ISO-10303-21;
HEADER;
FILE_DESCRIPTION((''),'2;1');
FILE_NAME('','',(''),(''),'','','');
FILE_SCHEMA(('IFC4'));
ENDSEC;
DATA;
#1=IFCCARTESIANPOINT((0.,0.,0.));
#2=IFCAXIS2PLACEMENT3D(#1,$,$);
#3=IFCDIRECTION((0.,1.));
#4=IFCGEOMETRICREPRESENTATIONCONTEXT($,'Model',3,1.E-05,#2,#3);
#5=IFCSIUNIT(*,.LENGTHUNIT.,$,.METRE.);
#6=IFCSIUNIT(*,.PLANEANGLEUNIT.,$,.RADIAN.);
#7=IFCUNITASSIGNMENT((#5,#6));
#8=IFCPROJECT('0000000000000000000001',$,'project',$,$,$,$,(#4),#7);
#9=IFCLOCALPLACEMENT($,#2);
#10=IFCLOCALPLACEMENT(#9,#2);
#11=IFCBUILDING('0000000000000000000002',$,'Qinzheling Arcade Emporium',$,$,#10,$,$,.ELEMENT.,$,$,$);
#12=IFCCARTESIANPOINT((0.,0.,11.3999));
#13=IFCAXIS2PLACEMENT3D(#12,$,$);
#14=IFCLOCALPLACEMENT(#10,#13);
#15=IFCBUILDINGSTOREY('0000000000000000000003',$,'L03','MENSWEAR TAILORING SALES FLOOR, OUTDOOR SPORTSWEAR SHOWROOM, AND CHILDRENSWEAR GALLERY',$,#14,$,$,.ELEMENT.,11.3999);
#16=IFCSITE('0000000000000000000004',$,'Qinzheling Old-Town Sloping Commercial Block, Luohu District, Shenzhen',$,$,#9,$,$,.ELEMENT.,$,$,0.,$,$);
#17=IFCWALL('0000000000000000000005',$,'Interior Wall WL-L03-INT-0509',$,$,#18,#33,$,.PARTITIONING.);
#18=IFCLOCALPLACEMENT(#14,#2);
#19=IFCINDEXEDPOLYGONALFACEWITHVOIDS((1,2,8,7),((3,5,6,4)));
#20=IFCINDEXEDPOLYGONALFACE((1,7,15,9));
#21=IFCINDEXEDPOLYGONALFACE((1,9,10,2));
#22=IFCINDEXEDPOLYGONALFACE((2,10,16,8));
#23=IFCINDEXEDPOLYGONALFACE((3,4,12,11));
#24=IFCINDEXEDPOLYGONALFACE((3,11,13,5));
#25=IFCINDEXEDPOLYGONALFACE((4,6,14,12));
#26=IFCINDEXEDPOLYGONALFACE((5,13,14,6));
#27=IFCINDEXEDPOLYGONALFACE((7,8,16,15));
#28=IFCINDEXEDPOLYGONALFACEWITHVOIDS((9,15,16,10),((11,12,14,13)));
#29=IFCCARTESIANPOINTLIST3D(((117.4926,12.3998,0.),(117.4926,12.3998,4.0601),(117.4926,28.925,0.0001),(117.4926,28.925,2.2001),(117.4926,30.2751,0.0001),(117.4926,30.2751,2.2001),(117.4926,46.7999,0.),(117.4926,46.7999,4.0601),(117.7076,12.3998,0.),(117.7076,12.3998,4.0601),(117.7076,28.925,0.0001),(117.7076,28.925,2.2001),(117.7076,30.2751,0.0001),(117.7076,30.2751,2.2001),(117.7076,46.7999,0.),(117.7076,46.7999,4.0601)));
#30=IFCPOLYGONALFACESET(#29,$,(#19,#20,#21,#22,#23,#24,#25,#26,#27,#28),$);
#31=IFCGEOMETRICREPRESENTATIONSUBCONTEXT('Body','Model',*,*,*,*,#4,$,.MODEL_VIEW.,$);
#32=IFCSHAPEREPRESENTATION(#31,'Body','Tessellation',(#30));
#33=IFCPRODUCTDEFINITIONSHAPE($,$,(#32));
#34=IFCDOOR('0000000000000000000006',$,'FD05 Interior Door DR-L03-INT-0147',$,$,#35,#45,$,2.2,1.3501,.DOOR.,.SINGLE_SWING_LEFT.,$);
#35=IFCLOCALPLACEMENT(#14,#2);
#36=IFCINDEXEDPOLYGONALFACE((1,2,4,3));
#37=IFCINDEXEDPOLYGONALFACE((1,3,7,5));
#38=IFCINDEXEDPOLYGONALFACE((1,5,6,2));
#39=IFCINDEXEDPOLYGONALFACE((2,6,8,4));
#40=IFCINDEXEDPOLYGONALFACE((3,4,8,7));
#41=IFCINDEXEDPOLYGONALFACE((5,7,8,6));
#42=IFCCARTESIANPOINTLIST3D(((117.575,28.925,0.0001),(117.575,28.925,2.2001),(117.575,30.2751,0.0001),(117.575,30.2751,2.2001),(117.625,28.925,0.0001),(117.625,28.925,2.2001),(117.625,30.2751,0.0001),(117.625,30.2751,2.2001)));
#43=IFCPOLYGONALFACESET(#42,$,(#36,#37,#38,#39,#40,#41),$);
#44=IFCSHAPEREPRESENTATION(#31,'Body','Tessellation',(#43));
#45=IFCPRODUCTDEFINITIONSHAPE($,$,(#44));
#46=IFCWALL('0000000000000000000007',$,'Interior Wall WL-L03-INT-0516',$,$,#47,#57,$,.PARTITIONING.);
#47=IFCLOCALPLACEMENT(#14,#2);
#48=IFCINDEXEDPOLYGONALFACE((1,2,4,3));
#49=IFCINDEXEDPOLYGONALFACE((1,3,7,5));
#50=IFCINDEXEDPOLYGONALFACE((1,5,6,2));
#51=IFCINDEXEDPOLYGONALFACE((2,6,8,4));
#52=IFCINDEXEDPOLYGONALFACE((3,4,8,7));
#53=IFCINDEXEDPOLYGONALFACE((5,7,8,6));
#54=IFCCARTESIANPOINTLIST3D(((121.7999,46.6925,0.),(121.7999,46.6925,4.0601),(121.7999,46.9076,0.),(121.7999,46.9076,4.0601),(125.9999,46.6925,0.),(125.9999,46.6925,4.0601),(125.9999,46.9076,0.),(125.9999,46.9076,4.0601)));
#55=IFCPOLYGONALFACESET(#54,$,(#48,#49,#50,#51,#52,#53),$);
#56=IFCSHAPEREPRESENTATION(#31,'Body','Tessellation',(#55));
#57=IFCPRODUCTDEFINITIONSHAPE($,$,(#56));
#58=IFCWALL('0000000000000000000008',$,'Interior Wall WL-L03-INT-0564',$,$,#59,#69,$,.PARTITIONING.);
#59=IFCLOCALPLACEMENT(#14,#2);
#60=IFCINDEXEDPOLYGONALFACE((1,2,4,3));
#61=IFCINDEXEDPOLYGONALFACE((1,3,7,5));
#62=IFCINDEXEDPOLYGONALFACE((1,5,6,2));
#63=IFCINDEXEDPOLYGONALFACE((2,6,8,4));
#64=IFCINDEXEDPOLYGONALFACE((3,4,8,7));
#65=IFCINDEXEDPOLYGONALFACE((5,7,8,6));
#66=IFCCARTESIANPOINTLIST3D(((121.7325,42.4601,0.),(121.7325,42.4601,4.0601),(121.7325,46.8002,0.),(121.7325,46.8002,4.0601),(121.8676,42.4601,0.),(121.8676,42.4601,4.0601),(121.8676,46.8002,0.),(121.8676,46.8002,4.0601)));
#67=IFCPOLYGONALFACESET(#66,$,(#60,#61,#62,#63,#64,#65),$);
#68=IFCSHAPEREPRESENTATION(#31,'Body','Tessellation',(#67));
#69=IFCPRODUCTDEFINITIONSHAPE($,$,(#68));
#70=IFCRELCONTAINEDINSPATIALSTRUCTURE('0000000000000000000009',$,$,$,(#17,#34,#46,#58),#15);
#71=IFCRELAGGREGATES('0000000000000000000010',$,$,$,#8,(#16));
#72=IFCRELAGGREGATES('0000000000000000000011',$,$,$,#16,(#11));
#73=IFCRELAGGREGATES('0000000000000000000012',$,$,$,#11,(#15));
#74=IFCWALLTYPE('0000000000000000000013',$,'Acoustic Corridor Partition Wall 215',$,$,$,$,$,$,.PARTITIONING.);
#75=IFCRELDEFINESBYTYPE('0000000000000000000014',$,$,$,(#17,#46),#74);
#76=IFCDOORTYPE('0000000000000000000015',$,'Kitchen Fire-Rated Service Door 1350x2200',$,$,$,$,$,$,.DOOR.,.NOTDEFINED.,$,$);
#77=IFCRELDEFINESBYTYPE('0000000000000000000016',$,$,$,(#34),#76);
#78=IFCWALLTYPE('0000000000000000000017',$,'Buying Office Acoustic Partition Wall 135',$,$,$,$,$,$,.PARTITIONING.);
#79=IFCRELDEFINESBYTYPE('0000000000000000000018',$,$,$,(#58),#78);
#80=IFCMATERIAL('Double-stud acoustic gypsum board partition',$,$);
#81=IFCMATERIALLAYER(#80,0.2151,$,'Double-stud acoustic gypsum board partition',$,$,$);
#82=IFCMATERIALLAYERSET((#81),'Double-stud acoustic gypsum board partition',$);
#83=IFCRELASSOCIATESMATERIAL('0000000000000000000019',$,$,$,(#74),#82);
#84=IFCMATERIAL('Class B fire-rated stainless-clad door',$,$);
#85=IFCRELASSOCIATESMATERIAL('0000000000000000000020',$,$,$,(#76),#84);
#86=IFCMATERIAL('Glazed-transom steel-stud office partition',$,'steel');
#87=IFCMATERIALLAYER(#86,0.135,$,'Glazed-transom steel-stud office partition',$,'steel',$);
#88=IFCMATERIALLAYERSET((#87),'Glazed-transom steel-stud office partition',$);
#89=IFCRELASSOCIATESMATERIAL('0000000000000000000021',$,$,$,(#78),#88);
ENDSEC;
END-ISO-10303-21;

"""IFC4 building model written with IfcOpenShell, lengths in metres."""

from ifc_helpers import new_model, si_unit, direction, frame, frame_2d, origin, place, context, subcontext, project, spatial, rectangle, extrude, material, layer, layer_set, type_object, element, fill, save


model = new_model("IFC4")

# Units and contexts
model_context = context("Model", 3, precision=1e-05, world=origin(), true_north=direction((0.0, 1.0)))
body_context = subcontext(model_context, "Body", "Model", "MODEL_VIEW")
ifc_project = project(units=[si_unit("LENGTHUNIT", "METRE"), si_unit("PLANEANGLEUNIT", "RADIAN")], contexts=[model_context])

# Site, building, storey
site_placement = place(None, origin())
site = spatial("IfcSite", under=ifc_project, at=site_placement, Name="Qinzheling Old-Town Sloping Commercial Block, Luohu District, Shenzhen", CompositionType="ELEMENT", RefElevation=0.0)
building_placement = place(site_placement, origin())
building = spatial("IfcBuilding", under=site, at=building_placement, Name="Qinzheling Arcade Emporium", CompositionType="ELEMENT")
storey_placement = place(building_placement, frame((0.0, 0.0, 11.3999)))
storey = spatial("IfcBuildingStorey", under=building, at=storey_placement, Name="L03", Description="MENSWEAR TAILORING SALES FLOOR, OUTDOOR SPORTSWEAR SHOWROOM, AND CHILDRENSWEAR GALLERY", CompositionType="ELEMENT", Elevation=11.3999)

# Shared definitions
ifc_material_1 = material(Name="Double-stud acoustic gypsum board partition")
ifc_layer_1 = layer(ifc_material_1, 0.2151, Name="Double-stud acoustic gypsum board partition")
ifc_layer_set_1 = layer_set([ifc_layer_1], Name="Double-stud acoustic gypsum board partition")
wall_type_1 = type_object("IfcWallType", Name="Acoustic Corridor Partition Wall 215", PredefinedType="PARTITIONING", material=ifc_layer_set_1)

# Wall, opening, door
wall_1_placement = place(storey_placement, frame((117.6001, 46.8, 0.0), z_axis=(0.0, 0.0, 1.0), x_axis=(0.0, -1.0, 0.0)))
wall_1 = element("IfcWall", 1, at=wall_1_placement, inside=storey, type_object=wall_type_1, Name="Interior Wall WL-L03-INT-0509", PredefinedType="PARTITIONING", context=body_context, shape_type="SweptSolid", body=[
    extrude(rectangle(XDim=34.4001, YDim=0.2151, at=frame_2d((17.2002, 0.0))), origin(), (0.0, 0.0, 1.0), 4.0601),
])
opening_placement = place(wall_1_placement, frame((16.5249, 0.0, 0.0)))
opening = element("IfcOpeningElement", 2, at=opening_placement, cuts=wall_1, PredefinedType="OPENING", context=body_context, shape_type="SweptSolid", body=[
    extrude(rectangle(XDim=1.3501, YDim=2.2, at=frame_2d((0.675, 1.1001))), frame((0.0, 0.1177, 0.0), z_axis=(0.0, -1.0, 0.0), x_axis=(1.0, 0.0, 0.0)), (0.0, 0.0, 1.0), 0.2351),
])
ifc_material_2 = material(Name="Class B fire-rated stainless-clad door")
door_type = type_object("IfcDoorType", Name="Kitchen Fire-Rated Service Door 1350x2200", OperationType="NOTDEFINED", PredefinedType="DOOR", material=ifc_material_2)
door_placement = place(opening_placement, origin())
door = element("IfcDoor", 3, at=door_placement, inside=storey, type_object=door_type, Name="FD05 Interior Door DR-L03-INT-0147", OperationType="SINGLE_SWING_LEFT", OverallHeight=2.2, OverallWidth=1.3501, PredefinedType="DOOR", context=body_context, shape_type="SweptSolid", body=[
    extrude(rectangle(XDim=1.3501, YDim=2.2, at=frame_2d((0.675, 1.1001))), frame((0.0, 0.0249, 0.0), z_axis=(0.0, -1.0, 0.0), x_axis=(1.0, 0.0, 0.0)), (0.0, 0.0, 1.0), 0.05),
])
fill(opening, door)

# Walls
wall_2_placement = place(storey_placement, frame((126.0, 46.8, 0.0), z_axis=(0.0, 0.0, 1.0), x_axis=(-1.0, 0.0, 0.0)))
element("IfcWall", 4, at=wall_2_placement, inside=storey, type_object=wall_type_1, Name="Interior Wall WL-L03-INT-0516", PredefinedType="PARTITIONING", context=body_context, shape_type="SweptSolid", body=[
    extrude(rectangle(XDim=4.2, YDim=0.2151, at=frame_2d((2.1001, 0.0))), origin(), (0.0, 0.0, 1.0), 4.0601),
])
ifc_material_3 = material(Name="Glazed-transom steel-stud office partition", Category="steel")
ifc_layer_2 = layer(ifc_material_3, 0.135, Name="Glazed-transom steel-stud office partition", Category="steel")
ifc_layer_set_2 = layer_set([ifc_layer_2], Name="Glazed-transom steel-stud office partition")
wall_type_2 = type_object("IfcWallType", Name="Buying Office Acoustic Partition Wall 135", PredefinedType="PARTITIONING", material=ifc_layer_set_2)
wall_3_placement = place(storey_placement, frame((121.8, 46.8, 0.0), z_axis=(0.0, 0.0, 1.0), x_axis=(0.0, -1.0, 0.0)))
element("IfcWall", 5, at=wall_3_placement, inside=storey, type_object=wall_type_2, Name="Interior Wall WL-L03-INT-0564", PredefinedType="PARTITIONING", context=body_context, shape_type="SweptSolid", body=[
    extrude(rectangle(XDim=4.3401, YDim=0.135, at=frame_2d((2.1699, 0.0))), origin(), (0.0, 0.0, 1.0), 4.0601),
])

save(model, "model.ifc")
